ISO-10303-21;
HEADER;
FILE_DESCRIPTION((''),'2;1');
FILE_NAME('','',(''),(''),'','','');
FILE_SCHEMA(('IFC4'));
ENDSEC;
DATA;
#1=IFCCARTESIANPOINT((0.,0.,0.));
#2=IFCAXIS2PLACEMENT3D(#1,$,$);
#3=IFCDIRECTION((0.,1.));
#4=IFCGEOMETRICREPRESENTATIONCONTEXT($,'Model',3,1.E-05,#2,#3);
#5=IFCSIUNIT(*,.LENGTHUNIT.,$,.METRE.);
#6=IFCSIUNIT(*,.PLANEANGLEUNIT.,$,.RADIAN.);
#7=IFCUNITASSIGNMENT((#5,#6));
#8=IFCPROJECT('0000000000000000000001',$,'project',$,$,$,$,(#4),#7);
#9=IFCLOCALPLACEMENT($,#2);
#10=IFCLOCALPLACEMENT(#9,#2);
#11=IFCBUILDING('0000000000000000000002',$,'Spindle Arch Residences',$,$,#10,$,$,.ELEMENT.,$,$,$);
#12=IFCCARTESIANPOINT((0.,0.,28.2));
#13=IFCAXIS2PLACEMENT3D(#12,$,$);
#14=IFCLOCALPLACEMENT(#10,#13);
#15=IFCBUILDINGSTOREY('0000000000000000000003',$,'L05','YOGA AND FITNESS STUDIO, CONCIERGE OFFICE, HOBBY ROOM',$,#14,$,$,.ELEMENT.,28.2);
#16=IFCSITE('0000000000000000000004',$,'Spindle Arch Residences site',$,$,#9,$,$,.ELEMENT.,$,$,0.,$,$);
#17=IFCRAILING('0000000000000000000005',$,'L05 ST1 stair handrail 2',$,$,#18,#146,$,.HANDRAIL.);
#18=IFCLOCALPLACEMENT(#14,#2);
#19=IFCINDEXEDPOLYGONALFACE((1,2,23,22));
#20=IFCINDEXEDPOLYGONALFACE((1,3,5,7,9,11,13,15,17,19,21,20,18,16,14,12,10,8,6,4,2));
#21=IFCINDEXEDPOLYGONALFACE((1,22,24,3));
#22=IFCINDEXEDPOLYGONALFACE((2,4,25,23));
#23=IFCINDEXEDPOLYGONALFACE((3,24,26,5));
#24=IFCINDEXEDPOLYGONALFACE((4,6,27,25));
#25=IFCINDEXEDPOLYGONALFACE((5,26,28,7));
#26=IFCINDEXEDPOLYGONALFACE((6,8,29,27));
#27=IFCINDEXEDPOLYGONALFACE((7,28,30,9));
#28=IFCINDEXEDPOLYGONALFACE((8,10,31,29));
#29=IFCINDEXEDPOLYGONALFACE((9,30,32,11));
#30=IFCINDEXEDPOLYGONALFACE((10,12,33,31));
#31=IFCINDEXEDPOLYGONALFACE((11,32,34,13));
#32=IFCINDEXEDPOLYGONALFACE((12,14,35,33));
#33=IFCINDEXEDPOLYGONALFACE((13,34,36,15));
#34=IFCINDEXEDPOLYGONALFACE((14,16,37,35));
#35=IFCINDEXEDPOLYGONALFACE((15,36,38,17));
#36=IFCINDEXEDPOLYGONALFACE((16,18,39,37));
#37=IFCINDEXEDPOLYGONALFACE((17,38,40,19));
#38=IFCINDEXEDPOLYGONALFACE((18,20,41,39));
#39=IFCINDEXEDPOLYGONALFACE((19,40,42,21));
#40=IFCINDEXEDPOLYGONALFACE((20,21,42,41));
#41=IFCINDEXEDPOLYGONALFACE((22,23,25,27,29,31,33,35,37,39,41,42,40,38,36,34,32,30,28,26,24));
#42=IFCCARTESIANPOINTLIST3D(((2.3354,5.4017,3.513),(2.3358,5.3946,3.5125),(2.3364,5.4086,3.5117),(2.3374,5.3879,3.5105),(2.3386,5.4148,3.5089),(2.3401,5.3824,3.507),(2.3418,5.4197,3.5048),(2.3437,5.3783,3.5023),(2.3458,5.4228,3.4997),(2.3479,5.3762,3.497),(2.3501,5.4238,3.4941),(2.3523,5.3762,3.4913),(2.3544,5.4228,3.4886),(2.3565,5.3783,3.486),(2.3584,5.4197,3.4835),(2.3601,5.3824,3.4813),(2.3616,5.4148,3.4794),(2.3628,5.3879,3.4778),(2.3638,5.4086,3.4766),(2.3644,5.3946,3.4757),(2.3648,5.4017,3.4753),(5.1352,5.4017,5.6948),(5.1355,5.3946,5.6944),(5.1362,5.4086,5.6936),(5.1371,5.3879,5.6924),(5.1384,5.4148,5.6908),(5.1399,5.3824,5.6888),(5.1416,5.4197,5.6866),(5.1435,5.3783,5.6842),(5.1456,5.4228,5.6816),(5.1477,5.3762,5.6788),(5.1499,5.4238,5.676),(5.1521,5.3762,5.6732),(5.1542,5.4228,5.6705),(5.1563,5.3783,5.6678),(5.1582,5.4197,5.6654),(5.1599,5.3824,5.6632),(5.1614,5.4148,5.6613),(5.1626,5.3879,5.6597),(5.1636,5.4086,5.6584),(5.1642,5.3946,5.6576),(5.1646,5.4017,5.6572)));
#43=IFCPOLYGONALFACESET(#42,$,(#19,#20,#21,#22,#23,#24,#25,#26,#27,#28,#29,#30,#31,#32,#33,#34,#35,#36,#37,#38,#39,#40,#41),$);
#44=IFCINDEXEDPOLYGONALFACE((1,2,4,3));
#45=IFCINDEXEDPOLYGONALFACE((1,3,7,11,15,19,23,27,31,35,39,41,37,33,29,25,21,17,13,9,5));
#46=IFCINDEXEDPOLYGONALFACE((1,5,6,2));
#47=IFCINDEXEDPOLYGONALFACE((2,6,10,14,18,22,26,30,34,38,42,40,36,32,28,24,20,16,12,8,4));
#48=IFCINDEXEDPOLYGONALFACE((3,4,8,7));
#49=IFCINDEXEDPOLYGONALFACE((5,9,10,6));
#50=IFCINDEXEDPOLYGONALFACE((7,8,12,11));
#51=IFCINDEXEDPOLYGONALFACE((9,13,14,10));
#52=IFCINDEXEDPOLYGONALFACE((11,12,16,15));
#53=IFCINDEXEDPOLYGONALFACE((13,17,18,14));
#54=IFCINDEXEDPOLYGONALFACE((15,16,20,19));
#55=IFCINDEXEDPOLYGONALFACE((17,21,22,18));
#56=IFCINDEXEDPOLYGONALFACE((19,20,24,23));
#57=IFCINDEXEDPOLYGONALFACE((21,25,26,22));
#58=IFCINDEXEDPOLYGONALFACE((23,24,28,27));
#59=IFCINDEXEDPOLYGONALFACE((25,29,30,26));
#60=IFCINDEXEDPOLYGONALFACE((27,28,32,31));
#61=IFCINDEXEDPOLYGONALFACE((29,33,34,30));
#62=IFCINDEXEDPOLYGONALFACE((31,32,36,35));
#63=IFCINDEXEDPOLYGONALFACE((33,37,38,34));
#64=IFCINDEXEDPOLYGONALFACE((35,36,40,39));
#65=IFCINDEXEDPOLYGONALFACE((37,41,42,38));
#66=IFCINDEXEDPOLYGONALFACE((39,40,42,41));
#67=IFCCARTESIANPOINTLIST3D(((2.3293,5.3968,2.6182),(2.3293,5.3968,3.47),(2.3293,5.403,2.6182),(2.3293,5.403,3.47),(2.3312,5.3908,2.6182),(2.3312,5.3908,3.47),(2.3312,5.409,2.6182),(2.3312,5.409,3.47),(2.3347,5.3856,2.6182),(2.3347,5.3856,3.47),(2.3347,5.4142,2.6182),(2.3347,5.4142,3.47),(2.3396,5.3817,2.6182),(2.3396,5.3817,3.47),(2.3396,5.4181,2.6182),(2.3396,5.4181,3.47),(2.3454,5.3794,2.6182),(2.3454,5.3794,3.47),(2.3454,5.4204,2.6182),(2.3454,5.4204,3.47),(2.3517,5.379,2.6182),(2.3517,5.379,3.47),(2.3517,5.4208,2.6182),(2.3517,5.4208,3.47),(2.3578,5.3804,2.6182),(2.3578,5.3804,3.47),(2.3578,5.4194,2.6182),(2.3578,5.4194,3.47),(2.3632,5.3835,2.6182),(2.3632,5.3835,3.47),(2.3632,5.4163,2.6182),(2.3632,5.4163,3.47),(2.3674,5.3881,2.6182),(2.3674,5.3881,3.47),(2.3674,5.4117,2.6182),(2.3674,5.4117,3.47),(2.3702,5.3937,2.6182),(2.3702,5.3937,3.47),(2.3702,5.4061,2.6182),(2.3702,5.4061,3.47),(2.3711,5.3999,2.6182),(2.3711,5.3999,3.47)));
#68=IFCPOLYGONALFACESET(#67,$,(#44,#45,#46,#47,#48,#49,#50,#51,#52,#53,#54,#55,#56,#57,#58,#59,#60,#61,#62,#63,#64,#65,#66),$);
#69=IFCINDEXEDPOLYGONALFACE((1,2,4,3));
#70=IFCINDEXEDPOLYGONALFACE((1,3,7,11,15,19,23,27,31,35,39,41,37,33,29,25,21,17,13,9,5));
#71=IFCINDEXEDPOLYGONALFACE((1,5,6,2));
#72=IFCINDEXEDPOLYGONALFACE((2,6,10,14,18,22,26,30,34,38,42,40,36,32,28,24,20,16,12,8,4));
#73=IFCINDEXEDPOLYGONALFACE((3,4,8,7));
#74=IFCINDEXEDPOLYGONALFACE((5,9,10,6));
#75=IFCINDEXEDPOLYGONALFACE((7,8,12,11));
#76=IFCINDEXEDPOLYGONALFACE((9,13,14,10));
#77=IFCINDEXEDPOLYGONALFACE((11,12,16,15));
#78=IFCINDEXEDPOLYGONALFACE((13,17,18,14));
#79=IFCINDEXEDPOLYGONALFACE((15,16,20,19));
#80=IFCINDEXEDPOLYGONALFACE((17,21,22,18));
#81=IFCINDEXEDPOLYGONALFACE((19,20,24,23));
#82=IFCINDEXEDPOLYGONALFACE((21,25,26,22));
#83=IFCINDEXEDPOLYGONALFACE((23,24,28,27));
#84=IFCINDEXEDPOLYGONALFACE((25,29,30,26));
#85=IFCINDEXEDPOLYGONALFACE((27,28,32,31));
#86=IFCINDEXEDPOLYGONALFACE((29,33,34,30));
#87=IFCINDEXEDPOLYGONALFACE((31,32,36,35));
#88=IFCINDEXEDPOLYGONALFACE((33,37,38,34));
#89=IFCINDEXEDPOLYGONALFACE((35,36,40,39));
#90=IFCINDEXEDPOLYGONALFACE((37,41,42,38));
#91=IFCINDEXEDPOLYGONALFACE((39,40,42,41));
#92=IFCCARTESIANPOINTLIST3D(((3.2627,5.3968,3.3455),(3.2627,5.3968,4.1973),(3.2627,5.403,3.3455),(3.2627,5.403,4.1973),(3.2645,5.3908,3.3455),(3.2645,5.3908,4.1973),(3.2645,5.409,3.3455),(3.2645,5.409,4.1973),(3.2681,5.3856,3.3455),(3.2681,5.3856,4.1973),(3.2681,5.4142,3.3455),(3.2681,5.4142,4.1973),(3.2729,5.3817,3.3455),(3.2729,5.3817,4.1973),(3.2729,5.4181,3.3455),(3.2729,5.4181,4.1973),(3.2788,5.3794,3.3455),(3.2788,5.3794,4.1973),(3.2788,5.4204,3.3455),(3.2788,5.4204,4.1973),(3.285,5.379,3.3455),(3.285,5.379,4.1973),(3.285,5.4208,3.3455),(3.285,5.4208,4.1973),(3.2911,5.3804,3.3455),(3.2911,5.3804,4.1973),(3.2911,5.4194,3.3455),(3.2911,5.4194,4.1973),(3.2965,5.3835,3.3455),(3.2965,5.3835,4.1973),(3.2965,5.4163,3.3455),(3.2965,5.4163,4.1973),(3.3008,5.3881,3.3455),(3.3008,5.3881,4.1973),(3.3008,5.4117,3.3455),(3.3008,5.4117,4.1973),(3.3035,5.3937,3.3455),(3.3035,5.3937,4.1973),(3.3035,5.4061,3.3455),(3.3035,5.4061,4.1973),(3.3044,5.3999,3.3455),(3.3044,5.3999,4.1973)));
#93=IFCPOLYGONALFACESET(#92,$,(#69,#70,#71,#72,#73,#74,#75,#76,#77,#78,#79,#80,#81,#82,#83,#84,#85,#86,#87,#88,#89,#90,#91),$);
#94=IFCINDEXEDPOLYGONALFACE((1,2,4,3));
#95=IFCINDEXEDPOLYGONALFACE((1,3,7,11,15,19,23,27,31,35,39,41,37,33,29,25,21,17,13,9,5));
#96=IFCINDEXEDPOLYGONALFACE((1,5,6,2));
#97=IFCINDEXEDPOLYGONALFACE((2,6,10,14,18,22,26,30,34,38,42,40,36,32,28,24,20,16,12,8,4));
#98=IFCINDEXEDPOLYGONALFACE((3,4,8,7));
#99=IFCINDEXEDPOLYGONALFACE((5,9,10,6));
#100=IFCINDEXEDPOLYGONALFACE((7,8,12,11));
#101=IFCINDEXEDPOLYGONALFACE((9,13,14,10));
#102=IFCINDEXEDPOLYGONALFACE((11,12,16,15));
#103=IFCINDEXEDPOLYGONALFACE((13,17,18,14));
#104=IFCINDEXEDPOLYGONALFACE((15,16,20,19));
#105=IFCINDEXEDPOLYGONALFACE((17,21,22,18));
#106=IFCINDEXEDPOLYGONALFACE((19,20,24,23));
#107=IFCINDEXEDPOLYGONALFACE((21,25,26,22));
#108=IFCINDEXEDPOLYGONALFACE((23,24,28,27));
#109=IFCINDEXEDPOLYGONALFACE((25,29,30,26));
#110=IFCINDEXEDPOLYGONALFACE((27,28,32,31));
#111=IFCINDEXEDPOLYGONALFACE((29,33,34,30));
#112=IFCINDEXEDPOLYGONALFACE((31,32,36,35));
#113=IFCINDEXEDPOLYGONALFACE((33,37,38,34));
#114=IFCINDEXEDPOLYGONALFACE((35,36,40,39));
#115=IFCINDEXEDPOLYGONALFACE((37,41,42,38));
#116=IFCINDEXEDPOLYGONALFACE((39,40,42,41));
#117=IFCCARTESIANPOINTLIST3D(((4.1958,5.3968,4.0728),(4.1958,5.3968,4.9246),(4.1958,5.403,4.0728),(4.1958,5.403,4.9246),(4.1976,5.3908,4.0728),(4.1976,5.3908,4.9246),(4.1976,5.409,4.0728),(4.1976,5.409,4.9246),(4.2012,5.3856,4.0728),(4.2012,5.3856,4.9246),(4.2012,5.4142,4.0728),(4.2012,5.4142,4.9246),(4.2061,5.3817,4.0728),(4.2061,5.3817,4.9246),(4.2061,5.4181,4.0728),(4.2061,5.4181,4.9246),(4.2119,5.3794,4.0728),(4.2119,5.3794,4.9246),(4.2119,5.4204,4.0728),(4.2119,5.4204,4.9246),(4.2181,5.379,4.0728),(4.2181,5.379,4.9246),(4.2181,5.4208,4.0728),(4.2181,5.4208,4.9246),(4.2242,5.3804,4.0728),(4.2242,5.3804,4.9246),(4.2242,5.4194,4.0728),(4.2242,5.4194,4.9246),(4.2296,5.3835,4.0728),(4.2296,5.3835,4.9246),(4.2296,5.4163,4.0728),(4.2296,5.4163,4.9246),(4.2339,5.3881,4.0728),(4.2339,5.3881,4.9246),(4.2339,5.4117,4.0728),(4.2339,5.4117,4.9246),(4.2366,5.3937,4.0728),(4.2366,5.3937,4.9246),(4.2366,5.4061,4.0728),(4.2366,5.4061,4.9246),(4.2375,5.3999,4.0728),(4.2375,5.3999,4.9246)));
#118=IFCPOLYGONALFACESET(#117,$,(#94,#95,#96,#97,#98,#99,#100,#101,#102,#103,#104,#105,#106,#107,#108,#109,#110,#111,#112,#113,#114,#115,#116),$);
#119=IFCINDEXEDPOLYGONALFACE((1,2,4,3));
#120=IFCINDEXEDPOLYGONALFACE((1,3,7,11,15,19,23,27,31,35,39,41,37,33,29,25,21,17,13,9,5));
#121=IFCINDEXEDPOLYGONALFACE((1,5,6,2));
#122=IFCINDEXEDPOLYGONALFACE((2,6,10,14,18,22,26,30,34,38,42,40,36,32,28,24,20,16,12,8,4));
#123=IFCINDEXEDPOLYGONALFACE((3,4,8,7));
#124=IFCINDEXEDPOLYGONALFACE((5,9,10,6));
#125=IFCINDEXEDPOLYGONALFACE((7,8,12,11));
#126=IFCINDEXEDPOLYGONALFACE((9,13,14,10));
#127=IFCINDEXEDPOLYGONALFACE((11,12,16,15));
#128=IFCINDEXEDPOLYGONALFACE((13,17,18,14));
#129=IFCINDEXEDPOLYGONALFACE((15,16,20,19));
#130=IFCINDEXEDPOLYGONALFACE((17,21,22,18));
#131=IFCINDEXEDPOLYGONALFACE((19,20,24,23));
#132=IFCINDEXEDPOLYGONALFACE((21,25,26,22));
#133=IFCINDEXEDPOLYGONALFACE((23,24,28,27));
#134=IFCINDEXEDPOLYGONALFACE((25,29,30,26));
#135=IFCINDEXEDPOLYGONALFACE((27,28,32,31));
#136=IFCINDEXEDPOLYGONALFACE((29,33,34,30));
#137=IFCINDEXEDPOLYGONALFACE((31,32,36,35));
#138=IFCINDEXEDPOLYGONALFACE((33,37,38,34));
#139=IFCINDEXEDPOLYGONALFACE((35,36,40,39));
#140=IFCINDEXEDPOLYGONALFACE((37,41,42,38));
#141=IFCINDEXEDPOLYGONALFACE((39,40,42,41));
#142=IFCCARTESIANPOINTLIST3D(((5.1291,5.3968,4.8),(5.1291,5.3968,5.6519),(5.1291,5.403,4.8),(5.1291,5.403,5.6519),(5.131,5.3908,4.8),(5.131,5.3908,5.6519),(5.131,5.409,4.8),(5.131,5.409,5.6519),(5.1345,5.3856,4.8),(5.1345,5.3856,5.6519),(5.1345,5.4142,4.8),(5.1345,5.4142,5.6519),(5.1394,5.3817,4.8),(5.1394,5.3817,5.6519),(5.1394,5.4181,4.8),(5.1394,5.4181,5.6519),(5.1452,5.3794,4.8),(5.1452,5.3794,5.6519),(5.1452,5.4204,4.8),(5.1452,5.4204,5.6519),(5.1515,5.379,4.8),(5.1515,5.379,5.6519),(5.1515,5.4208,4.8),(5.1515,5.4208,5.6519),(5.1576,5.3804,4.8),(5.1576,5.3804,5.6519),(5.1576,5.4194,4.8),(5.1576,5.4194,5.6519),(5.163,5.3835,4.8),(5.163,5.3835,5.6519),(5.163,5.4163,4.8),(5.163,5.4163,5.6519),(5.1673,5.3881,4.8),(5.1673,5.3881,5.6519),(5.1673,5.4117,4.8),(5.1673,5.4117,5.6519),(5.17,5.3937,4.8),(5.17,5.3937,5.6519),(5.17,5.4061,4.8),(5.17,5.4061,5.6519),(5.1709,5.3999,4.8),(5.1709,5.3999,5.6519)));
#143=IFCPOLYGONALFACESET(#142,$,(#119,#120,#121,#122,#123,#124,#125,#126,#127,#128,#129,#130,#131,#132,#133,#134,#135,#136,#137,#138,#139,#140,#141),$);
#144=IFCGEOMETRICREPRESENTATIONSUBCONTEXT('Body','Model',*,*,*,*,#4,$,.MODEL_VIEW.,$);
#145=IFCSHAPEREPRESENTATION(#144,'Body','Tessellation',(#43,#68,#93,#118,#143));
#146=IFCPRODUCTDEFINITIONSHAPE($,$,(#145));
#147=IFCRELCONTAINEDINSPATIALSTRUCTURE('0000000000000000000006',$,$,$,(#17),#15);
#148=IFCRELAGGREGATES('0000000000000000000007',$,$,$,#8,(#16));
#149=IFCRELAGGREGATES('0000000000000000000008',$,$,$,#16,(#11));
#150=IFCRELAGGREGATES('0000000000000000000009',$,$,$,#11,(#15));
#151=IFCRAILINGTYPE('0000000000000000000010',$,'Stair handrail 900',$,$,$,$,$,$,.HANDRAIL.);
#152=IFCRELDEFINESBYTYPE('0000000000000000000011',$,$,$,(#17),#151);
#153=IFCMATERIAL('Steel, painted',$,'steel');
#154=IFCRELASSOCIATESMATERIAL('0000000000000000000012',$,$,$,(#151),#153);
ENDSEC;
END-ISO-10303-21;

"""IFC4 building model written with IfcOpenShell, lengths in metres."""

from ifc_helpers import new_model, si_unit, direction, frame, origin, origin_2d, place, context, subcontext, project, spatial, circle, extrude, material, type_object, element, save


model = new_model("IFC4")

# Units and contexts
model_context = context("Model", 3, precision=1e-05, world=origin(), true_north=direction((0.0, 1.0)))
body_context = subcontext(model_context, "Body", "Model", "MODEL_VIEW")
ifc_project = project(units=[si_unit("LENGTHUNIT", "METRE"), si_unit("PLANEANGLEUNIT", "RADIAN")], contexts=[model_context])

# Site, building, storey
site_placement = place(None, origin())
site = spatial("IfcSite", under=ifc_project, at=site_placement, Name="Spindle Arch Residences site", CompositionType="ELEMENT", RefElevation=0.0)
building_placement = place(site_placement, origin())
building = spatial("IfcBuilding", under=site, at=building_placement, Name="Spindle Arch Residences", CompositionType="ELEMENT")
storey_placement = place(building_placement, frame((0.0, 0.0, 28.2)))
storey = spatial("IfcBuildingStorey", under=building, at=storey_placement, Name="L05", Description="YOGA AND FITNESS STUDIO, CONCIERGE OFFICE, HOBBY ROOM", CompositionType="ELEMENT", Elevation=28.2)

# Railing
ifc_material_1 = material(Name="Steel, painted", Category="steel")
railing_type_1 = type_object("IfcRailingType", Name="Stair handrail 900", PredefinedType="HANDRAIL", material=ifc_material_1)
railing_1_placement = place(storey_placement, frame((2.3501, 5.3999, 2.6182)))
element("IfcRailing", 1, at=railing_1_placement, inside=storey, type_object=railing_type_1, Name="L05 ST1 stair handrail 2", PredefinedType="HANDRAIL", context=body_context, shape_type="SweptSolid", body=[
    extrude(circle(Radius=0.0239, at=origin_2d()), frame((0.0, 0.0, 0.876), z_axis=(0.78877, 0.0, 0.614688), x_axis=(0.0, 1.0, 0.0)), (0.0, 0.0, 1.0), 3.5496),
    extrude(circle(Radius=0.021, at=origin_2d()), origin(), (0.0, 0.0, 1.0), 0.8518),
    extrude(circle(Radius=0.021, at=origin_2d()), frame((0.9333, 0.0, 0.7273)), (0.0, 0.0, 1.0), 0.8518),
    extrude(circle(Radius=0.021, at=origin_2d()), frame((1.8665, 0.0, 1.4546)), (0.0, 0.0, 1.0), 0.8518),
    extrude(circle(Radius=0.021, at=origin_2d()), frame((2.7998, 0.0, 2.1819)), (0.0, 0.0, 1.0), 0.8518),
])

save(model, "model.ifc")
